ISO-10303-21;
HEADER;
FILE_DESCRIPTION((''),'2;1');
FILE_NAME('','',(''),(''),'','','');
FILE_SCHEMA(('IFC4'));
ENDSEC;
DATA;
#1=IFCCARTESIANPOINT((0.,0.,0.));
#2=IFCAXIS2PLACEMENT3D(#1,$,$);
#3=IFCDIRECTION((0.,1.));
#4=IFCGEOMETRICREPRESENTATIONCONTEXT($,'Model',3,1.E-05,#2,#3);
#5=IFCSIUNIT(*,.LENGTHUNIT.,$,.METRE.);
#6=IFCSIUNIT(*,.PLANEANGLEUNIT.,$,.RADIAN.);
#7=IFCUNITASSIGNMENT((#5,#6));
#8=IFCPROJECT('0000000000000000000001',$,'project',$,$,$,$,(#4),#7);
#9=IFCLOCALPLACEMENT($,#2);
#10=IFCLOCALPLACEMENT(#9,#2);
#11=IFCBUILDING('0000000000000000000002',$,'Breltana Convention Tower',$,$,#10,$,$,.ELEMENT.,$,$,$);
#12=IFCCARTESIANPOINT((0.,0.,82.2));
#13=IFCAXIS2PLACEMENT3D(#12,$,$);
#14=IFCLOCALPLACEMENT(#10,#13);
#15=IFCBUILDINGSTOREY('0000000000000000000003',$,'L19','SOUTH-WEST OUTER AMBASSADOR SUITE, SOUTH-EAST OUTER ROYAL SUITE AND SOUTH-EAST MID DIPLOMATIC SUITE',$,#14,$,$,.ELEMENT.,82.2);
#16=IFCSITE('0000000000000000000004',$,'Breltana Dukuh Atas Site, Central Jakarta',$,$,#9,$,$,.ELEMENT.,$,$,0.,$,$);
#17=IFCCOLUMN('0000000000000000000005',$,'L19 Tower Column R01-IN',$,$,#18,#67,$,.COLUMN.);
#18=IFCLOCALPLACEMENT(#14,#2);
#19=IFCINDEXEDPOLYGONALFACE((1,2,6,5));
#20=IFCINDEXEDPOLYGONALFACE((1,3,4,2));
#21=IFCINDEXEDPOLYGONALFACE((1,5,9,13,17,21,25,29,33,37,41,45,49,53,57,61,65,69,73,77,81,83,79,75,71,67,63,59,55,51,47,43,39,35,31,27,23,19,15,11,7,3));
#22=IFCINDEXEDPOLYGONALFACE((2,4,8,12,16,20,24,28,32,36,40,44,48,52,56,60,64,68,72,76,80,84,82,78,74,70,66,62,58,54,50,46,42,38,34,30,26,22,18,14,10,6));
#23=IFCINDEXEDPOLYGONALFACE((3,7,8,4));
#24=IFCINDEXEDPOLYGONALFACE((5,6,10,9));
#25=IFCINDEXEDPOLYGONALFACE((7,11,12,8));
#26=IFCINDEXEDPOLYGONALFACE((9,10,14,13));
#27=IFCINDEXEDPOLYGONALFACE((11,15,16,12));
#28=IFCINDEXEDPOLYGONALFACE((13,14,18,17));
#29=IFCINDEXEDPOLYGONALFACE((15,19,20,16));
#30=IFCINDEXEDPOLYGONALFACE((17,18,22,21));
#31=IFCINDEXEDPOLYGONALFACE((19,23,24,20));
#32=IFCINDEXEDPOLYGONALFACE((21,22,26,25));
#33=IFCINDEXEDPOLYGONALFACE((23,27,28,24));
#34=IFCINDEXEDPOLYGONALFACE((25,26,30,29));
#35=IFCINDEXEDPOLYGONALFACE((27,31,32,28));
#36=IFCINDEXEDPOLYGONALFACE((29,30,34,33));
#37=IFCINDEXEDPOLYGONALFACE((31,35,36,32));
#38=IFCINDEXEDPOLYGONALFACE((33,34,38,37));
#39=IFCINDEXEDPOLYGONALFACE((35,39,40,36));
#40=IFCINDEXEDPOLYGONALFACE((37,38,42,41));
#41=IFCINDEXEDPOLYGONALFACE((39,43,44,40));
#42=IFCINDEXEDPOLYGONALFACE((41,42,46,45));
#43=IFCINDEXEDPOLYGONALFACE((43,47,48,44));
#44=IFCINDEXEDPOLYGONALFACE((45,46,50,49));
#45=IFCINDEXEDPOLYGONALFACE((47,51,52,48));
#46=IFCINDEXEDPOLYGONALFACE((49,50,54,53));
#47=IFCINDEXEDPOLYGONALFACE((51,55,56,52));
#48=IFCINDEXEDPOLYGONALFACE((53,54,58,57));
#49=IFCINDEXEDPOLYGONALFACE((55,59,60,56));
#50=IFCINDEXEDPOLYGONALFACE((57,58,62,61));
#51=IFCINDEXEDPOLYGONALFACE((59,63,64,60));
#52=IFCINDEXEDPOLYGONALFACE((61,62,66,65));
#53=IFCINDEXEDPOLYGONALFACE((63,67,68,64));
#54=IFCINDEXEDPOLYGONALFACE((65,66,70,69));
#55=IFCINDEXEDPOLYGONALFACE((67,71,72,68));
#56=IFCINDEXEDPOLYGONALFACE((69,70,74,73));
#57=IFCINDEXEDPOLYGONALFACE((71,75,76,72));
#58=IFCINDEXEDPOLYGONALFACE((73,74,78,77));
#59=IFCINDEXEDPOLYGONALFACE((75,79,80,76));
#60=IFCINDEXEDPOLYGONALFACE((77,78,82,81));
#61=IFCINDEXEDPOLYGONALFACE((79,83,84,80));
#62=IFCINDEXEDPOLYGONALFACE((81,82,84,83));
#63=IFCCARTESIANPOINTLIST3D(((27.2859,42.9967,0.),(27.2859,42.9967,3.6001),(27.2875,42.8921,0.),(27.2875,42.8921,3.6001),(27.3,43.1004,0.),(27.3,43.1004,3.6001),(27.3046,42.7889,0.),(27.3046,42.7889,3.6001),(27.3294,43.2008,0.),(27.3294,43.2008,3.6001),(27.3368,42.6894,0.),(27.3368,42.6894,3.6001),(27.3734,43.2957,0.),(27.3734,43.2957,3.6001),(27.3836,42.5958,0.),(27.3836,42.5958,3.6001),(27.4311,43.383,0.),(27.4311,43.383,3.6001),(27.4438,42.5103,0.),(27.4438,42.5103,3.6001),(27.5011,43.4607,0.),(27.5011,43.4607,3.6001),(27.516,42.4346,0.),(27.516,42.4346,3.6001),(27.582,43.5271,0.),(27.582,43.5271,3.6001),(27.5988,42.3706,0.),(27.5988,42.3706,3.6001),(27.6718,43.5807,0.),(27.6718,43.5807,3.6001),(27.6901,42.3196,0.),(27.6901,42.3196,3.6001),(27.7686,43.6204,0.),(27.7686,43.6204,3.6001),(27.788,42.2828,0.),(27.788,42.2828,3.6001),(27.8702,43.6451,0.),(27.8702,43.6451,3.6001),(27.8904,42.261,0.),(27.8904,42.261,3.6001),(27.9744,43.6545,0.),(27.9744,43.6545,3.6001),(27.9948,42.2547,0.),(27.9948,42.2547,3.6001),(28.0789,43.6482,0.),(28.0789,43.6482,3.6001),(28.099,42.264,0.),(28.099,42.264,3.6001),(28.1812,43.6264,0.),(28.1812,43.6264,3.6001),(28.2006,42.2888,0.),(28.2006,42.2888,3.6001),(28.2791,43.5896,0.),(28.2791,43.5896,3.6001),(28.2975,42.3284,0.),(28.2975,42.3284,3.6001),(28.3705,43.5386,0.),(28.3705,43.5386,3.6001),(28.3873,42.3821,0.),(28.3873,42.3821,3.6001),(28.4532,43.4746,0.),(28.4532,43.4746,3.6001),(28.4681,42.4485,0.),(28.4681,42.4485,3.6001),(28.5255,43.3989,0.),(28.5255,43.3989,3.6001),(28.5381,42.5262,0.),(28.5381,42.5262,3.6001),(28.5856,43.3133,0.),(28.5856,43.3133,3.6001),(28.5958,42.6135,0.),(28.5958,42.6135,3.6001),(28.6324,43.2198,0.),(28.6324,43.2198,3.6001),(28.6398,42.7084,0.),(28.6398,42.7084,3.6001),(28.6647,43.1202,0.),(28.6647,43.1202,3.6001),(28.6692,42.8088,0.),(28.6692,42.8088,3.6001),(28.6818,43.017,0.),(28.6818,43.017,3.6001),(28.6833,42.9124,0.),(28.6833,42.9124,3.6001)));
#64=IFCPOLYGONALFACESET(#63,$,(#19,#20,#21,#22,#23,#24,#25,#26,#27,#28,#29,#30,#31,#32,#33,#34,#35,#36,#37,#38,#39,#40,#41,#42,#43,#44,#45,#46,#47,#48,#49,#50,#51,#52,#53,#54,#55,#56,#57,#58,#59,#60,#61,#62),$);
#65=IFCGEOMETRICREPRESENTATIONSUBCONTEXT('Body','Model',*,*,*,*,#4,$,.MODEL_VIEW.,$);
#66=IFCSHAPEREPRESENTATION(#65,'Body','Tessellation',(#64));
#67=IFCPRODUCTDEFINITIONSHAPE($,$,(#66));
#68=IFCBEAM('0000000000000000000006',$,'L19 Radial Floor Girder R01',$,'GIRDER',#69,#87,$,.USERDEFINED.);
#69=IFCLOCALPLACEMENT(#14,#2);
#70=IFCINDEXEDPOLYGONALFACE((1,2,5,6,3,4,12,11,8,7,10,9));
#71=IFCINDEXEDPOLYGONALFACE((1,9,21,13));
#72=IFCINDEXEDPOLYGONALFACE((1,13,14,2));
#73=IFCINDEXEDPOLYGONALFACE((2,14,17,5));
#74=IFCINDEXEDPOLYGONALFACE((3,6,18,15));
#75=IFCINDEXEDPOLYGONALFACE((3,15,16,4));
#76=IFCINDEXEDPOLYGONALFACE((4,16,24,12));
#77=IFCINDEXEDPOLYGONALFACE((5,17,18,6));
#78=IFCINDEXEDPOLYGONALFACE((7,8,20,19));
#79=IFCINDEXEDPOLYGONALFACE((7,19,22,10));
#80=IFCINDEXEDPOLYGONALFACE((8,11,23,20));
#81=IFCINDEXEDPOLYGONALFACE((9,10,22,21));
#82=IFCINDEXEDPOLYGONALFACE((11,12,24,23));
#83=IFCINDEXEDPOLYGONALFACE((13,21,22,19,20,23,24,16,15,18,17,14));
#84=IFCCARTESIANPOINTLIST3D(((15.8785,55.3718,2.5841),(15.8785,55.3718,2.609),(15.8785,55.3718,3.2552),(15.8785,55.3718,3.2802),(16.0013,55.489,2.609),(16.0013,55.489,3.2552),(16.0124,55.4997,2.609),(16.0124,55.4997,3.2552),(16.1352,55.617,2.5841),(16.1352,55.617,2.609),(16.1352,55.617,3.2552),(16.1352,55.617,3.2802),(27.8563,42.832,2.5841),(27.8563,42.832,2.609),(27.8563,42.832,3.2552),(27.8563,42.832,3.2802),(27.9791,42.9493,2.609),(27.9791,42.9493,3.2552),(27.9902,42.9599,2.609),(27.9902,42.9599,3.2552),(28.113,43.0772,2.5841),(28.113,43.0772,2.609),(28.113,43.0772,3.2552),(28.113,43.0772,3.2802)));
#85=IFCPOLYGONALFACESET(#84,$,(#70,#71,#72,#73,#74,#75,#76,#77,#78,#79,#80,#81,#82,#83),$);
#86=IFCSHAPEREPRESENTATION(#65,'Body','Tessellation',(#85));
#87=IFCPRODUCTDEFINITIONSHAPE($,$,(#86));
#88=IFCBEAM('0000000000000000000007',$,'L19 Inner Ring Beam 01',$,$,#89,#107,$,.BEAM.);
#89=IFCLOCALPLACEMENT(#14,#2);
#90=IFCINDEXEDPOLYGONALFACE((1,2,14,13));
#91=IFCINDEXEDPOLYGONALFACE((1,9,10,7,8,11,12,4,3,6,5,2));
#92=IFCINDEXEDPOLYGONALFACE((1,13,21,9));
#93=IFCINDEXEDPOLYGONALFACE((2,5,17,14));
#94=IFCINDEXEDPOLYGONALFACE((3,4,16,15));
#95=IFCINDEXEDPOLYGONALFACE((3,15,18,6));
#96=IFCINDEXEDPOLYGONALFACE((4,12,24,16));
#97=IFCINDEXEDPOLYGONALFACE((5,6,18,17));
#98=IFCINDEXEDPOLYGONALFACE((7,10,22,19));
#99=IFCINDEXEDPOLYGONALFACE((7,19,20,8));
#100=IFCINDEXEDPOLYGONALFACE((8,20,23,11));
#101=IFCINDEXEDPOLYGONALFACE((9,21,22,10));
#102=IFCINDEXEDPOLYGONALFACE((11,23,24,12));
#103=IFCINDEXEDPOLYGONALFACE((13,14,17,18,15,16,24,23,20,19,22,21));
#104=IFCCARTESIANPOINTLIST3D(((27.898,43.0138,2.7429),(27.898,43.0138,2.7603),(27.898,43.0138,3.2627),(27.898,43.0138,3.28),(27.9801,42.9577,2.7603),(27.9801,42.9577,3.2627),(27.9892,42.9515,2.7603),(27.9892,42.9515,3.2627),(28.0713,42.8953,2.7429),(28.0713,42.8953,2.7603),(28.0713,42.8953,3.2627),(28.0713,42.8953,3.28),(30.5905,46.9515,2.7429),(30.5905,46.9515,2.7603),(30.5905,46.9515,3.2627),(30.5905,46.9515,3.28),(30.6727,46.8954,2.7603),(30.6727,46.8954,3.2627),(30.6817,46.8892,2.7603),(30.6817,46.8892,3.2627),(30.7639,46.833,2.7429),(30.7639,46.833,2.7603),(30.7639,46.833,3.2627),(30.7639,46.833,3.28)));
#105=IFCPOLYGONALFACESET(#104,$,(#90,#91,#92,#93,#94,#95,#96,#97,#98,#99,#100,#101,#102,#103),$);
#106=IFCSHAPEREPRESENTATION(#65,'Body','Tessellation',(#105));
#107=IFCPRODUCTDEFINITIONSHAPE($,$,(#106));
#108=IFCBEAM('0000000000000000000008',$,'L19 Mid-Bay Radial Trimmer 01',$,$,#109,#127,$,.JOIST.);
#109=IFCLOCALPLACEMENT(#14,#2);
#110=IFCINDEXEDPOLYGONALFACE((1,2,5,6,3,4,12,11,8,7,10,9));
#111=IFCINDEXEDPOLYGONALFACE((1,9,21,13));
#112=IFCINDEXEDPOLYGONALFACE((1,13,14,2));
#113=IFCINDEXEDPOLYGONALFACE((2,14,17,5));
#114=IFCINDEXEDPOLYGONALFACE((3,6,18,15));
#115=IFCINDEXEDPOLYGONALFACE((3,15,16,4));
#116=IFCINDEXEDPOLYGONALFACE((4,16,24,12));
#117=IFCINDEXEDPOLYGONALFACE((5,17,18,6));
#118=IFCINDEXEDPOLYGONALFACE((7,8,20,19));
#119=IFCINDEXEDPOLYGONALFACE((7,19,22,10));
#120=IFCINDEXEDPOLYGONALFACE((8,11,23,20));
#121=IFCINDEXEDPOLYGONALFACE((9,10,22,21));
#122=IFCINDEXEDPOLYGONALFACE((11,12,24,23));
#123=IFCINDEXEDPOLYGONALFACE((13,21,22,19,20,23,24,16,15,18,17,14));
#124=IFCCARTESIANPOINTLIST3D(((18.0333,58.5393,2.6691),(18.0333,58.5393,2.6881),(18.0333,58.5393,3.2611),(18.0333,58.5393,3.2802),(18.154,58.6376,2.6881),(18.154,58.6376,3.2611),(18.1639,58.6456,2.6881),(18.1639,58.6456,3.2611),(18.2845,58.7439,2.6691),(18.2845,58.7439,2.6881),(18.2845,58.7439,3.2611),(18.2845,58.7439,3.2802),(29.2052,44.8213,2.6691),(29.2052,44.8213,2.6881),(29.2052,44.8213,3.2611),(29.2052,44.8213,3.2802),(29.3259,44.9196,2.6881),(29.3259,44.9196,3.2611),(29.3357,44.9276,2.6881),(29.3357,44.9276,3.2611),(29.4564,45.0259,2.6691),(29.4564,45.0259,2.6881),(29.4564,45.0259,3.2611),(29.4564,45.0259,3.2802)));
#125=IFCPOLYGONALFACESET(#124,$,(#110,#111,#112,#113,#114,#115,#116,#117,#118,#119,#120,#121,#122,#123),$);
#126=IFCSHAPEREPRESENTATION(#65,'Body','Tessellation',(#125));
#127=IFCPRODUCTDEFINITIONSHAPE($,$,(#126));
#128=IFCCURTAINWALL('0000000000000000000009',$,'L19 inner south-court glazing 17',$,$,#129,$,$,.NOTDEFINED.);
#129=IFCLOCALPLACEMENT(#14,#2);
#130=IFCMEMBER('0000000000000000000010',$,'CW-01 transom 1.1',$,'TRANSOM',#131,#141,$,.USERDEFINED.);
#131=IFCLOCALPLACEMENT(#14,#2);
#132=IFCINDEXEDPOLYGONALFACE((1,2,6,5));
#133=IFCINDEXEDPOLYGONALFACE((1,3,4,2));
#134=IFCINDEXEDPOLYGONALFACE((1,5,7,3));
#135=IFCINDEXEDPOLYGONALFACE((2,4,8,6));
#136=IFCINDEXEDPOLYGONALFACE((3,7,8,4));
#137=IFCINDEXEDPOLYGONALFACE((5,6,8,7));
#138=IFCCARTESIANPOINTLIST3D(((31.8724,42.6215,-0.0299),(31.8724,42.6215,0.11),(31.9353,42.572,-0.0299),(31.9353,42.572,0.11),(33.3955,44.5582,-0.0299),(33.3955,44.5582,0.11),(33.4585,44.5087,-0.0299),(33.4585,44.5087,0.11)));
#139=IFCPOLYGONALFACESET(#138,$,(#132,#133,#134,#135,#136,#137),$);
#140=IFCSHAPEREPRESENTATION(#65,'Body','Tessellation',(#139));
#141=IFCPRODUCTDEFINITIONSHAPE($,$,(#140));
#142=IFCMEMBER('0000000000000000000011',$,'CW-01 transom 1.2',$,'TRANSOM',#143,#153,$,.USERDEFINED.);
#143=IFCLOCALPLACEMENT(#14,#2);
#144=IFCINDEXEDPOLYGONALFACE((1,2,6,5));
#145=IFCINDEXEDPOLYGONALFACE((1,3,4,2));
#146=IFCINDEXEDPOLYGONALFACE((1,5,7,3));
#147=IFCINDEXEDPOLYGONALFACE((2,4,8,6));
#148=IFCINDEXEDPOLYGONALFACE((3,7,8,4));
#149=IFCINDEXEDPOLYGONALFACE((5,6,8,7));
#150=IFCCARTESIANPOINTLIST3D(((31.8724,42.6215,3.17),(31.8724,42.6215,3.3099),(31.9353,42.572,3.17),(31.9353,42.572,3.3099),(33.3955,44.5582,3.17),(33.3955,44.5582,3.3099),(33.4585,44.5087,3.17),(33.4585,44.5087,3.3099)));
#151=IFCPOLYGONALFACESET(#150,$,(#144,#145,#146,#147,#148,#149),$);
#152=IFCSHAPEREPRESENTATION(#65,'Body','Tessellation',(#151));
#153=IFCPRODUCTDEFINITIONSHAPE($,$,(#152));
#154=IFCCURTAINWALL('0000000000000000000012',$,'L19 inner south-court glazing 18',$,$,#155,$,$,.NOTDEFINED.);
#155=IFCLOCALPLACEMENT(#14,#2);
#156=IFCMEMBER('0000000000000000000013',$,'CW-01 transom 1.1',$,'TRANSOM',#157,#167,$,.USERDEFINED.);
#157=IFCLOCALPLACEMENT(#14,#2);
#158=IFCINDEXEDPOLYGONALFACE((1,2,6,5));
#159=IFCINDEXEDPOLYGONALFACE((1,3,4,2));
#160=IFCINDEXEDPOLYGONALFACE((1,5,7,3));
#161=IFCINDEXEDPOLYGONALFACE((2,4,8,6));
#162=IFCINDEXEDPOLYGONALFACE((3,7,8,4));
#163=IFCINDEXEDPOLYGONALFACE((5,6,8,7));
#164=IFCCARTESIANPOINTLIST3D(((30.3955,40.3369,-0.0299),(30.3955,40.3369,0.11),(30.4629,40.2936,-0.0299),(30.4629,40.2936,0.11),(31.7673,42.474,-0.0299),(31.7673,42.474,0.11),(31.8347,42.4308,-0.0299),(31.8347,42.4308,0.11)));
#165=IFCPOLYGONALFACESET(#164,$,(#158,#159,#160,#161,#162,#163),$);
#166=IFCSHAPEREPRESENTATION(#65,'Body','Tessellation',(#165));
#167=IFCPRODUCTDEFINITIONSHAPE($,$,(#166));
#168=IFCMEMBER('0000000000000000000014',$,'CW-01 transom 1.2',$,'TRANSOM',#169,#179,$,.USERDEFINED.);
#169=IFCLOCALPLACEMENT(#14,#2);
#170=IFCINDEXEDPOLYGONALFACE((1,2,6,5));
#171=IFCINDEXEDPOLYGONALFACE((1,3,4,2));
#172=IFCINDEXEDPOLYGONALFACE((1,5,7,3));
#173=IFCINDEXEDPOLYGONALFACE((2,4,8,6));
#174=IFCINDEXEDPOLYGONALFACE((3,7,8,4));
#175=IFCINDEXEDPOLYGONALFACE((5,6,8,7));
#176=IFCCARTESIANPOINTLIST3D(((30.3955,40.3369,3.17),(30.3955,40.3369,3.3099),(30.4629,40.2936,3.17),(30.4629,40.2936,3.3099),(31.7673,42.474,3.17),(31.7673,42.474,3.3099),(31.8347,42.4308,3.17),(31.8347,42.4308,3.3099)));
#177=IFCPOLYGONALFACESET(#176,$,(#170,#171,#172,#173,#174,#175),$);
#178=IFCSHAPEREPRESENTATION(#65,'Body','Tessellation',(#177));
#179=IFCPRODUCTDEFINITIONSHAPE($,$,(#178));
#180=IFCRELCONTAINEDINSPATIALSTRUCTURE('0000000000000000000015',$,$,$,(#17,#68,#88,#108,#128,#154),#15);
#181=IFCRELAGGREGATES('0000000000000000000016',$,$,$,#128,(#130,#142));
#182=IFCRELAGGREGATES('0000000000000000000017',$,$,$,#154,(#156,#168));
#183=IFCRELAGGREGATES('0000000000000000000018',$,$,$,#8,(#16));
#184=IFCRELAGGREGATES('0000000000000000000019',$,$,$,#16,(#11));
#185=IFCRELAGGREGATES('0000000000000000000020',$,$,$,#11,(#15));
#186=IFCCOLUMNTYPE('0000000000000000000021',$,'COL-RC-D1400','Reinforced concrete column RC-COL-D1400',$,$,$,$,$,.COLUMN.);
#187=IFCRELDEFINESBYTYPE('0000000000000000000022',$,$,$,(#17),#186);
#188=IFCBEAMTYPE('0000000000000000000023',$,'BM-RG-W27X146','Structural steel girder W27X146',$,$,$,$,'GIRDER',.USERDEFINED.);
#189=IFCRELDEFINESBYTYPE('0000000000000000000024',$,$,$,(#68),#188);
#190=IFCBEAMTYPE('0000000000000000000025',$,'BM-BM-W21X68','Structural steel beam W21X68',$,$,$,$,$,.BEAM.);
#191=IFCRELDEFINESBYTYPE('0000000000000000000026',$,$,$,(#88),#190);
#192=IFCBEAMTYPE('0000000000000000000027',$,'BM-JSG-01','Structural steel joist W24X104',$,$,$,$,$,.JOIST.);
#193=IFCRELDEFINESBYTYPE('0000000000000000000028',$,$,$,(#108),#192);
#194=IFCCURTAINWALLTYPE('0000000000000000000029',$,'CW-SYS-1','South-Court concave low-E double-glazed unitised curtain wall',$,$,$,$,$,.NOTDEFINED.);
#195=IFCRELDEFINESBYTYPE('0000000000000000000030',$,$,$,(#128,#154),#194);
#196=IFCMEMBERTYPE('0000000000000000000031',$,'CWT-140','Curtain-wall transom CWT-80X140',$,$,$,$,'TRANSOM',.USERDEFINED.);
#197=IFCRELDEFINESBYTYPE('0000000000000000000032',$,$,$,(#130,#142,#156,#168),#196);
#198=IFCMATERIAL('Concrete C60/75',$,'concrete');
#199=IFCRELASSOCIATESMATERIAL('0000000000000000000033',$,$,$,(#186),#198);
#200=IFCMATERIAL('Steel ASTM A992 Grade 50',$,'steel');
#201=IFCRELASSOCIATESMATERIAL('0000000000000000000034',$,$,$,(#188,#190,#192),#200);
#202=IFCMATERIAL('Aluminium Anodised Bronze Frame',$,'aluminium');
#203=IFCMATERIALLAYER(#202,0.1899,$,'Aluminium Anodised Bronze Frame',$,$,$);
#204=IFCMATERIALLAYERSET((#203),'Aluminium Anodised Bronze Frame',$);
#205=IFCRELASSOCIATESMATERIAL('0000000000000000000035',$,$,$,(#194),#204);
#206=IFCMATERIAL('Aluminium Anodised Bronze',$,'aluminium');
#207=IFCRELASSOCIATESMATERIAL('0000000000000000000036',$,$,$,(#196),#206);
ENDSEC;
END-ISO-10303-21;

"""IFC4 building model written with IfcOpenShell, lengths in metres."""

from ifc_helpers import new_model, si_unit, direction, frame, origin, origin_2d, place, context, subcontext, project, spatial, rectangle, circle, i_section, extrude, source, transform, mapped, material, layer, layer_set, material_profile, profile_set, type_object, type_shapes, element, aggregate, save


model = new_model("IFC4")

# Units and contexts
model_context = context("Model", 3, precision=1e-05, world=origin(), true_north=direction((0.0, 1.0)))
body_context = subcontext(model_context, "Body", "Model", "MODEL_VIEW")
ifc_project = project(units=[si_unit("LENGTHUNIT", "METRE"), si_unit("PLANEANGLEUNIT", "RADIAN")], contexts=[model_context])

# Site, building, storey
site_placement = place(None, origin())
site = spatial("IfcSite", under=ifc_project, at=site_placement, Name="Breltana Dukuh Atas Site, Central Jakarta", CompositionType="ELEMENT", RefElevation=0.0)
building_placement = place(site_placement, origin())
building = spatial("IfcBuilding", under=site, at=building_placement, Name="Breltana Convention Tower", CompositionType="ELEMENT")
storey_placement = place(building_placement, frame((0.0, 0.0, 82.2)))
storey = spatial("IfcBuildingStorey", under=building, at=storey_placement, Name="L19", Description="SOUTH-WEST OUTER AMBASSADOR SUITE, SOUTH-EAST OUTER ROYAL SUITE AND SOUTH-EAST MID DIPLOMATIC SUITE", CompositionType="ELEMENT", Elevation=82.2)

# Column
ifc_material_1 = material(Name="Concrete C60/75", Category="concrete")
ifc_material_profile_1 = material_profile(ifc_material_1, circle(Radius=0.7, at=origin_2d()), Name="RC-COL-D1400")
ifc_profile_set_1 = profile_set([ifc_material_profile_1], Name="Concrete C60/75")
column_type = type_object("IfcColumnType", Name="COL-RC-D1400", Description="Reinforced concrete column RC-COL-D1400", PredefinedType="COLUMN", material=ifc_profile_set_1)
shared_shape_1 = source(origin(), body_context, "Body", "SweptSolid", [
    extrude(circle(Radius=0.7, at=origin_2d()), origin(), (0.0, 0.0, 1.0), 3.6001),
])
column_placement = place(storey_placement, frame((27.9846, 42.9546, 0.0), z_axis=(0.0, 0.0, 1.0), x_axis=(-0.690756, 0.723088, 0.0)))
element("IfcColumn", 1, at=column_placement, inside=storey, type_object=column_type, Name="L19 Tower Column R01-IN", PredefinedType="COLUMN", context=body_context, shape_type="MappedRepresentation", body=[
    mapped(shared_shape_1, transform((0.0, 0.0, 0.0), scale=1.0)),
])

# Beams
ifc_material_2 = material(Name="Steel ASTM A992 Grade 50", Category="steel")
ifc_material_profile_2 = material_profile(ifc_material_2, i_section(OverallWidth=0.355, OverallDepth=0.696, WebThickness=0.0154, FlangeThickness=0.0249, at=origin_2d()), Name="W27X146")
ifc_profile_set_2 = profile_set([ifc_material_profile_2], Name="Steel ASTM A992 Grade 50")
beam_type_1 = type_object("IfcBeamType", Name="BM-RG-W27X146", Description="Structural steel girder W27X146", ElementType="GIRDER", PredefinedType="USERDEFINED", material=ifc_profile_set_2)
shared_shape_2 = source(origin(), body_context, "Body", "SweptSolid", [
    extrude(i_section(OverallWidth=0.355, OverallDepth=0.696, WebThickness=0.0154, FlangeThickness=0.0249, at=origin_2d()), origin(), (0.0, 0.0, 1.0), 17.3411),
])
type_shapes(beam_type_1, [shared_shape_2])
beam_1_placement = place(storey_placement, frame((27.9846, 42.9546, 2.9321), z_axis=(-0.690716, 0.723126, 0.0), x_axis=(-0.723126, -0.690716, 0.0)))
element("IfcBeam", 2, at=beam_1_placement, inside=storey, type_object=beam_type_1, Name="L19 Radial Floor Girder R01", ObjectType="GIRDER", PredefinedType="USERDEFINED", context=body_context, shape_type="MappedRepresentation", body=[
    mapped(shared_shape_2, transform((0.0, 0.0, 0.0), scale=1.0)),
])
ifc_material_profile_3 = material_profile(ifc_material_2, i_section(OverallWidth=0.21, OverallDepth=0.5371, WebThickness=0.011, FlangeThickness=0.0173, at=origin_2d()), Name="W21X68")
ifc_profile_set_3 = profile_set([ifc_material_profile_3], Name="Steel ASTM A992 Grade 50")
beam_type_2 = type_object("IfcBeamType", Name="BM-BM-W21X68", Description="Structural steel beam W21X68", PredefinedType="BEAM", material=ifc_profile_set_3)
shared_shape_3 = source(origin(), body_context, "Body", "SweptSolid", [
    extrude(i_section(OverallWidth=0.21, OverallDepth=0.5371, WebThickness=0.011, FlangeThickness=0.0173, at=origin_2d()), origin(), (0.0, 0.0, 1.0), 4.7703),
])
beam_2_placement = place(storey_placement, frame((27.9846, 42.9546, 3.0115), z_axis=(0.564453, 0.825465, 0.0), x_axis=(-0.825465, 0.564453, 0.0)))
element("IfcBeam", 3, at=beam_2_placement, inside=storey, type_object=beam_type_2, Name="L19 Inner Ring Beam 01", PredefinedType="BEAM", context=body_context, shape_type="MappedRepresentation", body=[
    mapped(shared_shape_3, transform((0.0, 0.0, 0.0), scale=1.0)),
])
ifc_material_profile_4 = material_profile(ifc_material_2, i_section(OverallWidth=0.324, OverallDepth=0.6111, WebThickness=0.0127, FlangeThickness=0.019, at=origin_2d()), Name="W24X104")
ifc_profile_set_4 = profile_set([ifc_material_profile_4], Name="Steel ASTM A992 Grade 50")
beam_type_3 = type_object("IfcBeamType", Name="BM-JSG-01", Description="Structural steel joist W24X104", PredefinedType="JOIST", material=ifc_profile_set_4)
shared_shape_4 = source(origin(), body_context, "Body", "SweptSolid", [
    extrude(i_section(OverallWidth=0.324, OverallDepth=0.6111, WebThickness=0.0127, FlangeThickness=0.019, at=origin_2d()), origin(), (0.0, 0.0, 1.0), 17.6917),
])
type_shapes(beam_type_3, [shared_shape_4])
beam_3_placement = place(storey_placement, frame((29.3308, 44.9236, 2.9746), z_axis=(-0.631477, 0.775395, 0.0), x_axis=(-0.775395, -0.631477, 0.0)))
element("IfcBeam", 4, at=beam_3_placement, inside=storey, type_object=beam_type_3, Name="L19 Mid-Bay Radial Trimmer 01", PredefinedType="JOIST", context=body_context, shape_type="MappedRepresentation", body=[
    mapped(shared_shape_4, transform((0.0, 0.0, 0.0), scale=1.0)),
])

# Curtain walls, members
ifc_material_3 = material(Name="Aluminium Anodised Bronze Frame", Category="aluminium")
ifc_layer_1 = layer(ifc_material_3, 0.1899, Name="Aluminium Anodised Bronze Frame")
ifc_layer_set_1 = layer_set([ifc_layer_1], Name="Aluminium Anodised Bronze Frame")
curtain_wall_type = type_object("IfcCurtainWallType", Name="CW-SYS-1", Description="South-Court concave low-E double-glazed unitised curtain wall", PredefinedType="NOTDEFINED", material=ifc_layer_set_1)
curtain_wall_1_placement = place(storey_placement, origin())
curtain_wall_1 = element("IfcCurtainWall", 5, at=curtain_wall_1_placement, inside=storey, type_object=curtain_wall_type, Name="L19 inner south-court glazing 17", PredefinedType="NOTDEFINED")
ifc_material_4 = material(Name="Aluminium Anodised Bronze", Category="aluminium")
ifc_material_profile_5 = material_profile(ifc_material_4, rectangle(XDim=0.0801, YDim=0.1399, at=origin_2d()), Name="CWT-80X140")
ifc_profile_set_5 = profile_set([ifc_material_profile_5], Name="Aluminium Anodised Bronze")
member_type_1 = type_object("IfcMemberType", Name="CWT-140", Description="Curtain-wall transom CWT-80X140", ElementType="TRANSOM", PredefinedType="USERDEFINED", material=ifc_profile_set_5)
shared_shape_5 = source(origin(), body_context, "Body", "SweptSolid", [
    extrude(rectangle(XDim=0.0801, YDim=0.1399, at=origin_2d()), origin(), (0.0, 0.0, 1.0), 2.4639),
])
member_1_placement = place(storey_placement, frame((33.427, 44.5334, 0.04), z_axis=(-0.618185, -0.786033, 0.0), x_axis=(0.786033, -0.618185, 0.0)))
member_1 = element("IfcMember", 6, at=member_1_placement, type_object=member_type_1, Name="CW-01 transom 1.1", ObjectType="TRANSOM", PredefinedType="USERDEFINED", context=body_context, shape_type="MappedRepresentation", body=[
    mapped(shared_shape_5, transform((0.0, 0.0, 0.0), scale=1.0)),
])
member_2_placement = place(storey_placement, frame((33.427, 44.5334, 3.24), z_axis=(-0.618185, -0.786033, 0.0), x_axis=(0.786033, -0.618185, 0.0)))
member_2 = element("IfcMember", 7, at=member_2_placement, type_object=member_type_1, Name="CW-01 transom 1.2", ObjectType="TRANSOM", PredefinedType="USERDEFINED", context=body_context, shape_type="MappedRepresentation", body=[
    mapped(shared_shape_5, transform((0.0, 0.0, 0.0), scale=1.0)),
])
curtain_wall_2_placement = place(storey_placement, origin())
curtain_wall_2 = element("IfcCurtainWall", 8, at=curtain_wall_2_placement, inside=storey, type_object=curtain_wall_type, Name="L19 inner south-court glazing 18", PredefinedType="NOTDEFINED")
shared_shape_6 = source(origin(), body_context, "Body", "SweptSolid", [
    extrude(rectangle(XDim=0.0801, YDim=0.1399, at=origin_2d()), origin(), (0.0, 0.0, 1.0), 2.5396),
])
member_3_placement = place(storey_placement, frame((31.801, 42.4524, 0.04), z_axis=(-0.540174, -0.841553, 0.0), x_axis=(0.841553, -0.540174, 0.0)))
member_3 = element("IfcMember", 9, at=member_3_placement, type_object=member_type_1, Name="CW-01 transom 1.1", ObjectType="TRANSOM", PredefinedType="USERDEFINED", context=body_context, shape_type="MappedRepresentation", body=[
    mapped(shared_shape_6, transform((0.0, 0.0, 0.0), scale=1.0)),
])
member_4_placement = place(storey_placement, frame((31.801, 42.4524, 3.24), z_axis=(-0.540174, -0.841553, 0.0), x_axis=(0.841553, -0.540174, 0.0)))
member_4 = element("IfcMember", 10, at=member_4_placement, type_object=member_type_1, Name="CW-01 transom 1.2", ObjectType="TRANSOM", PredefinedType="USERDEFINED", context=body_context, shape_type="MappedRepresentation", body=[
    mapped(shared_shape_6, transform((0.0, 0.0, 0.0), scale=1.0)),
])

aggregate(curtain_wall_1, [member_1, member_2])
aggregate(curtain_wall_2, [member_3, member_4])

save(model, "model.ifc")
